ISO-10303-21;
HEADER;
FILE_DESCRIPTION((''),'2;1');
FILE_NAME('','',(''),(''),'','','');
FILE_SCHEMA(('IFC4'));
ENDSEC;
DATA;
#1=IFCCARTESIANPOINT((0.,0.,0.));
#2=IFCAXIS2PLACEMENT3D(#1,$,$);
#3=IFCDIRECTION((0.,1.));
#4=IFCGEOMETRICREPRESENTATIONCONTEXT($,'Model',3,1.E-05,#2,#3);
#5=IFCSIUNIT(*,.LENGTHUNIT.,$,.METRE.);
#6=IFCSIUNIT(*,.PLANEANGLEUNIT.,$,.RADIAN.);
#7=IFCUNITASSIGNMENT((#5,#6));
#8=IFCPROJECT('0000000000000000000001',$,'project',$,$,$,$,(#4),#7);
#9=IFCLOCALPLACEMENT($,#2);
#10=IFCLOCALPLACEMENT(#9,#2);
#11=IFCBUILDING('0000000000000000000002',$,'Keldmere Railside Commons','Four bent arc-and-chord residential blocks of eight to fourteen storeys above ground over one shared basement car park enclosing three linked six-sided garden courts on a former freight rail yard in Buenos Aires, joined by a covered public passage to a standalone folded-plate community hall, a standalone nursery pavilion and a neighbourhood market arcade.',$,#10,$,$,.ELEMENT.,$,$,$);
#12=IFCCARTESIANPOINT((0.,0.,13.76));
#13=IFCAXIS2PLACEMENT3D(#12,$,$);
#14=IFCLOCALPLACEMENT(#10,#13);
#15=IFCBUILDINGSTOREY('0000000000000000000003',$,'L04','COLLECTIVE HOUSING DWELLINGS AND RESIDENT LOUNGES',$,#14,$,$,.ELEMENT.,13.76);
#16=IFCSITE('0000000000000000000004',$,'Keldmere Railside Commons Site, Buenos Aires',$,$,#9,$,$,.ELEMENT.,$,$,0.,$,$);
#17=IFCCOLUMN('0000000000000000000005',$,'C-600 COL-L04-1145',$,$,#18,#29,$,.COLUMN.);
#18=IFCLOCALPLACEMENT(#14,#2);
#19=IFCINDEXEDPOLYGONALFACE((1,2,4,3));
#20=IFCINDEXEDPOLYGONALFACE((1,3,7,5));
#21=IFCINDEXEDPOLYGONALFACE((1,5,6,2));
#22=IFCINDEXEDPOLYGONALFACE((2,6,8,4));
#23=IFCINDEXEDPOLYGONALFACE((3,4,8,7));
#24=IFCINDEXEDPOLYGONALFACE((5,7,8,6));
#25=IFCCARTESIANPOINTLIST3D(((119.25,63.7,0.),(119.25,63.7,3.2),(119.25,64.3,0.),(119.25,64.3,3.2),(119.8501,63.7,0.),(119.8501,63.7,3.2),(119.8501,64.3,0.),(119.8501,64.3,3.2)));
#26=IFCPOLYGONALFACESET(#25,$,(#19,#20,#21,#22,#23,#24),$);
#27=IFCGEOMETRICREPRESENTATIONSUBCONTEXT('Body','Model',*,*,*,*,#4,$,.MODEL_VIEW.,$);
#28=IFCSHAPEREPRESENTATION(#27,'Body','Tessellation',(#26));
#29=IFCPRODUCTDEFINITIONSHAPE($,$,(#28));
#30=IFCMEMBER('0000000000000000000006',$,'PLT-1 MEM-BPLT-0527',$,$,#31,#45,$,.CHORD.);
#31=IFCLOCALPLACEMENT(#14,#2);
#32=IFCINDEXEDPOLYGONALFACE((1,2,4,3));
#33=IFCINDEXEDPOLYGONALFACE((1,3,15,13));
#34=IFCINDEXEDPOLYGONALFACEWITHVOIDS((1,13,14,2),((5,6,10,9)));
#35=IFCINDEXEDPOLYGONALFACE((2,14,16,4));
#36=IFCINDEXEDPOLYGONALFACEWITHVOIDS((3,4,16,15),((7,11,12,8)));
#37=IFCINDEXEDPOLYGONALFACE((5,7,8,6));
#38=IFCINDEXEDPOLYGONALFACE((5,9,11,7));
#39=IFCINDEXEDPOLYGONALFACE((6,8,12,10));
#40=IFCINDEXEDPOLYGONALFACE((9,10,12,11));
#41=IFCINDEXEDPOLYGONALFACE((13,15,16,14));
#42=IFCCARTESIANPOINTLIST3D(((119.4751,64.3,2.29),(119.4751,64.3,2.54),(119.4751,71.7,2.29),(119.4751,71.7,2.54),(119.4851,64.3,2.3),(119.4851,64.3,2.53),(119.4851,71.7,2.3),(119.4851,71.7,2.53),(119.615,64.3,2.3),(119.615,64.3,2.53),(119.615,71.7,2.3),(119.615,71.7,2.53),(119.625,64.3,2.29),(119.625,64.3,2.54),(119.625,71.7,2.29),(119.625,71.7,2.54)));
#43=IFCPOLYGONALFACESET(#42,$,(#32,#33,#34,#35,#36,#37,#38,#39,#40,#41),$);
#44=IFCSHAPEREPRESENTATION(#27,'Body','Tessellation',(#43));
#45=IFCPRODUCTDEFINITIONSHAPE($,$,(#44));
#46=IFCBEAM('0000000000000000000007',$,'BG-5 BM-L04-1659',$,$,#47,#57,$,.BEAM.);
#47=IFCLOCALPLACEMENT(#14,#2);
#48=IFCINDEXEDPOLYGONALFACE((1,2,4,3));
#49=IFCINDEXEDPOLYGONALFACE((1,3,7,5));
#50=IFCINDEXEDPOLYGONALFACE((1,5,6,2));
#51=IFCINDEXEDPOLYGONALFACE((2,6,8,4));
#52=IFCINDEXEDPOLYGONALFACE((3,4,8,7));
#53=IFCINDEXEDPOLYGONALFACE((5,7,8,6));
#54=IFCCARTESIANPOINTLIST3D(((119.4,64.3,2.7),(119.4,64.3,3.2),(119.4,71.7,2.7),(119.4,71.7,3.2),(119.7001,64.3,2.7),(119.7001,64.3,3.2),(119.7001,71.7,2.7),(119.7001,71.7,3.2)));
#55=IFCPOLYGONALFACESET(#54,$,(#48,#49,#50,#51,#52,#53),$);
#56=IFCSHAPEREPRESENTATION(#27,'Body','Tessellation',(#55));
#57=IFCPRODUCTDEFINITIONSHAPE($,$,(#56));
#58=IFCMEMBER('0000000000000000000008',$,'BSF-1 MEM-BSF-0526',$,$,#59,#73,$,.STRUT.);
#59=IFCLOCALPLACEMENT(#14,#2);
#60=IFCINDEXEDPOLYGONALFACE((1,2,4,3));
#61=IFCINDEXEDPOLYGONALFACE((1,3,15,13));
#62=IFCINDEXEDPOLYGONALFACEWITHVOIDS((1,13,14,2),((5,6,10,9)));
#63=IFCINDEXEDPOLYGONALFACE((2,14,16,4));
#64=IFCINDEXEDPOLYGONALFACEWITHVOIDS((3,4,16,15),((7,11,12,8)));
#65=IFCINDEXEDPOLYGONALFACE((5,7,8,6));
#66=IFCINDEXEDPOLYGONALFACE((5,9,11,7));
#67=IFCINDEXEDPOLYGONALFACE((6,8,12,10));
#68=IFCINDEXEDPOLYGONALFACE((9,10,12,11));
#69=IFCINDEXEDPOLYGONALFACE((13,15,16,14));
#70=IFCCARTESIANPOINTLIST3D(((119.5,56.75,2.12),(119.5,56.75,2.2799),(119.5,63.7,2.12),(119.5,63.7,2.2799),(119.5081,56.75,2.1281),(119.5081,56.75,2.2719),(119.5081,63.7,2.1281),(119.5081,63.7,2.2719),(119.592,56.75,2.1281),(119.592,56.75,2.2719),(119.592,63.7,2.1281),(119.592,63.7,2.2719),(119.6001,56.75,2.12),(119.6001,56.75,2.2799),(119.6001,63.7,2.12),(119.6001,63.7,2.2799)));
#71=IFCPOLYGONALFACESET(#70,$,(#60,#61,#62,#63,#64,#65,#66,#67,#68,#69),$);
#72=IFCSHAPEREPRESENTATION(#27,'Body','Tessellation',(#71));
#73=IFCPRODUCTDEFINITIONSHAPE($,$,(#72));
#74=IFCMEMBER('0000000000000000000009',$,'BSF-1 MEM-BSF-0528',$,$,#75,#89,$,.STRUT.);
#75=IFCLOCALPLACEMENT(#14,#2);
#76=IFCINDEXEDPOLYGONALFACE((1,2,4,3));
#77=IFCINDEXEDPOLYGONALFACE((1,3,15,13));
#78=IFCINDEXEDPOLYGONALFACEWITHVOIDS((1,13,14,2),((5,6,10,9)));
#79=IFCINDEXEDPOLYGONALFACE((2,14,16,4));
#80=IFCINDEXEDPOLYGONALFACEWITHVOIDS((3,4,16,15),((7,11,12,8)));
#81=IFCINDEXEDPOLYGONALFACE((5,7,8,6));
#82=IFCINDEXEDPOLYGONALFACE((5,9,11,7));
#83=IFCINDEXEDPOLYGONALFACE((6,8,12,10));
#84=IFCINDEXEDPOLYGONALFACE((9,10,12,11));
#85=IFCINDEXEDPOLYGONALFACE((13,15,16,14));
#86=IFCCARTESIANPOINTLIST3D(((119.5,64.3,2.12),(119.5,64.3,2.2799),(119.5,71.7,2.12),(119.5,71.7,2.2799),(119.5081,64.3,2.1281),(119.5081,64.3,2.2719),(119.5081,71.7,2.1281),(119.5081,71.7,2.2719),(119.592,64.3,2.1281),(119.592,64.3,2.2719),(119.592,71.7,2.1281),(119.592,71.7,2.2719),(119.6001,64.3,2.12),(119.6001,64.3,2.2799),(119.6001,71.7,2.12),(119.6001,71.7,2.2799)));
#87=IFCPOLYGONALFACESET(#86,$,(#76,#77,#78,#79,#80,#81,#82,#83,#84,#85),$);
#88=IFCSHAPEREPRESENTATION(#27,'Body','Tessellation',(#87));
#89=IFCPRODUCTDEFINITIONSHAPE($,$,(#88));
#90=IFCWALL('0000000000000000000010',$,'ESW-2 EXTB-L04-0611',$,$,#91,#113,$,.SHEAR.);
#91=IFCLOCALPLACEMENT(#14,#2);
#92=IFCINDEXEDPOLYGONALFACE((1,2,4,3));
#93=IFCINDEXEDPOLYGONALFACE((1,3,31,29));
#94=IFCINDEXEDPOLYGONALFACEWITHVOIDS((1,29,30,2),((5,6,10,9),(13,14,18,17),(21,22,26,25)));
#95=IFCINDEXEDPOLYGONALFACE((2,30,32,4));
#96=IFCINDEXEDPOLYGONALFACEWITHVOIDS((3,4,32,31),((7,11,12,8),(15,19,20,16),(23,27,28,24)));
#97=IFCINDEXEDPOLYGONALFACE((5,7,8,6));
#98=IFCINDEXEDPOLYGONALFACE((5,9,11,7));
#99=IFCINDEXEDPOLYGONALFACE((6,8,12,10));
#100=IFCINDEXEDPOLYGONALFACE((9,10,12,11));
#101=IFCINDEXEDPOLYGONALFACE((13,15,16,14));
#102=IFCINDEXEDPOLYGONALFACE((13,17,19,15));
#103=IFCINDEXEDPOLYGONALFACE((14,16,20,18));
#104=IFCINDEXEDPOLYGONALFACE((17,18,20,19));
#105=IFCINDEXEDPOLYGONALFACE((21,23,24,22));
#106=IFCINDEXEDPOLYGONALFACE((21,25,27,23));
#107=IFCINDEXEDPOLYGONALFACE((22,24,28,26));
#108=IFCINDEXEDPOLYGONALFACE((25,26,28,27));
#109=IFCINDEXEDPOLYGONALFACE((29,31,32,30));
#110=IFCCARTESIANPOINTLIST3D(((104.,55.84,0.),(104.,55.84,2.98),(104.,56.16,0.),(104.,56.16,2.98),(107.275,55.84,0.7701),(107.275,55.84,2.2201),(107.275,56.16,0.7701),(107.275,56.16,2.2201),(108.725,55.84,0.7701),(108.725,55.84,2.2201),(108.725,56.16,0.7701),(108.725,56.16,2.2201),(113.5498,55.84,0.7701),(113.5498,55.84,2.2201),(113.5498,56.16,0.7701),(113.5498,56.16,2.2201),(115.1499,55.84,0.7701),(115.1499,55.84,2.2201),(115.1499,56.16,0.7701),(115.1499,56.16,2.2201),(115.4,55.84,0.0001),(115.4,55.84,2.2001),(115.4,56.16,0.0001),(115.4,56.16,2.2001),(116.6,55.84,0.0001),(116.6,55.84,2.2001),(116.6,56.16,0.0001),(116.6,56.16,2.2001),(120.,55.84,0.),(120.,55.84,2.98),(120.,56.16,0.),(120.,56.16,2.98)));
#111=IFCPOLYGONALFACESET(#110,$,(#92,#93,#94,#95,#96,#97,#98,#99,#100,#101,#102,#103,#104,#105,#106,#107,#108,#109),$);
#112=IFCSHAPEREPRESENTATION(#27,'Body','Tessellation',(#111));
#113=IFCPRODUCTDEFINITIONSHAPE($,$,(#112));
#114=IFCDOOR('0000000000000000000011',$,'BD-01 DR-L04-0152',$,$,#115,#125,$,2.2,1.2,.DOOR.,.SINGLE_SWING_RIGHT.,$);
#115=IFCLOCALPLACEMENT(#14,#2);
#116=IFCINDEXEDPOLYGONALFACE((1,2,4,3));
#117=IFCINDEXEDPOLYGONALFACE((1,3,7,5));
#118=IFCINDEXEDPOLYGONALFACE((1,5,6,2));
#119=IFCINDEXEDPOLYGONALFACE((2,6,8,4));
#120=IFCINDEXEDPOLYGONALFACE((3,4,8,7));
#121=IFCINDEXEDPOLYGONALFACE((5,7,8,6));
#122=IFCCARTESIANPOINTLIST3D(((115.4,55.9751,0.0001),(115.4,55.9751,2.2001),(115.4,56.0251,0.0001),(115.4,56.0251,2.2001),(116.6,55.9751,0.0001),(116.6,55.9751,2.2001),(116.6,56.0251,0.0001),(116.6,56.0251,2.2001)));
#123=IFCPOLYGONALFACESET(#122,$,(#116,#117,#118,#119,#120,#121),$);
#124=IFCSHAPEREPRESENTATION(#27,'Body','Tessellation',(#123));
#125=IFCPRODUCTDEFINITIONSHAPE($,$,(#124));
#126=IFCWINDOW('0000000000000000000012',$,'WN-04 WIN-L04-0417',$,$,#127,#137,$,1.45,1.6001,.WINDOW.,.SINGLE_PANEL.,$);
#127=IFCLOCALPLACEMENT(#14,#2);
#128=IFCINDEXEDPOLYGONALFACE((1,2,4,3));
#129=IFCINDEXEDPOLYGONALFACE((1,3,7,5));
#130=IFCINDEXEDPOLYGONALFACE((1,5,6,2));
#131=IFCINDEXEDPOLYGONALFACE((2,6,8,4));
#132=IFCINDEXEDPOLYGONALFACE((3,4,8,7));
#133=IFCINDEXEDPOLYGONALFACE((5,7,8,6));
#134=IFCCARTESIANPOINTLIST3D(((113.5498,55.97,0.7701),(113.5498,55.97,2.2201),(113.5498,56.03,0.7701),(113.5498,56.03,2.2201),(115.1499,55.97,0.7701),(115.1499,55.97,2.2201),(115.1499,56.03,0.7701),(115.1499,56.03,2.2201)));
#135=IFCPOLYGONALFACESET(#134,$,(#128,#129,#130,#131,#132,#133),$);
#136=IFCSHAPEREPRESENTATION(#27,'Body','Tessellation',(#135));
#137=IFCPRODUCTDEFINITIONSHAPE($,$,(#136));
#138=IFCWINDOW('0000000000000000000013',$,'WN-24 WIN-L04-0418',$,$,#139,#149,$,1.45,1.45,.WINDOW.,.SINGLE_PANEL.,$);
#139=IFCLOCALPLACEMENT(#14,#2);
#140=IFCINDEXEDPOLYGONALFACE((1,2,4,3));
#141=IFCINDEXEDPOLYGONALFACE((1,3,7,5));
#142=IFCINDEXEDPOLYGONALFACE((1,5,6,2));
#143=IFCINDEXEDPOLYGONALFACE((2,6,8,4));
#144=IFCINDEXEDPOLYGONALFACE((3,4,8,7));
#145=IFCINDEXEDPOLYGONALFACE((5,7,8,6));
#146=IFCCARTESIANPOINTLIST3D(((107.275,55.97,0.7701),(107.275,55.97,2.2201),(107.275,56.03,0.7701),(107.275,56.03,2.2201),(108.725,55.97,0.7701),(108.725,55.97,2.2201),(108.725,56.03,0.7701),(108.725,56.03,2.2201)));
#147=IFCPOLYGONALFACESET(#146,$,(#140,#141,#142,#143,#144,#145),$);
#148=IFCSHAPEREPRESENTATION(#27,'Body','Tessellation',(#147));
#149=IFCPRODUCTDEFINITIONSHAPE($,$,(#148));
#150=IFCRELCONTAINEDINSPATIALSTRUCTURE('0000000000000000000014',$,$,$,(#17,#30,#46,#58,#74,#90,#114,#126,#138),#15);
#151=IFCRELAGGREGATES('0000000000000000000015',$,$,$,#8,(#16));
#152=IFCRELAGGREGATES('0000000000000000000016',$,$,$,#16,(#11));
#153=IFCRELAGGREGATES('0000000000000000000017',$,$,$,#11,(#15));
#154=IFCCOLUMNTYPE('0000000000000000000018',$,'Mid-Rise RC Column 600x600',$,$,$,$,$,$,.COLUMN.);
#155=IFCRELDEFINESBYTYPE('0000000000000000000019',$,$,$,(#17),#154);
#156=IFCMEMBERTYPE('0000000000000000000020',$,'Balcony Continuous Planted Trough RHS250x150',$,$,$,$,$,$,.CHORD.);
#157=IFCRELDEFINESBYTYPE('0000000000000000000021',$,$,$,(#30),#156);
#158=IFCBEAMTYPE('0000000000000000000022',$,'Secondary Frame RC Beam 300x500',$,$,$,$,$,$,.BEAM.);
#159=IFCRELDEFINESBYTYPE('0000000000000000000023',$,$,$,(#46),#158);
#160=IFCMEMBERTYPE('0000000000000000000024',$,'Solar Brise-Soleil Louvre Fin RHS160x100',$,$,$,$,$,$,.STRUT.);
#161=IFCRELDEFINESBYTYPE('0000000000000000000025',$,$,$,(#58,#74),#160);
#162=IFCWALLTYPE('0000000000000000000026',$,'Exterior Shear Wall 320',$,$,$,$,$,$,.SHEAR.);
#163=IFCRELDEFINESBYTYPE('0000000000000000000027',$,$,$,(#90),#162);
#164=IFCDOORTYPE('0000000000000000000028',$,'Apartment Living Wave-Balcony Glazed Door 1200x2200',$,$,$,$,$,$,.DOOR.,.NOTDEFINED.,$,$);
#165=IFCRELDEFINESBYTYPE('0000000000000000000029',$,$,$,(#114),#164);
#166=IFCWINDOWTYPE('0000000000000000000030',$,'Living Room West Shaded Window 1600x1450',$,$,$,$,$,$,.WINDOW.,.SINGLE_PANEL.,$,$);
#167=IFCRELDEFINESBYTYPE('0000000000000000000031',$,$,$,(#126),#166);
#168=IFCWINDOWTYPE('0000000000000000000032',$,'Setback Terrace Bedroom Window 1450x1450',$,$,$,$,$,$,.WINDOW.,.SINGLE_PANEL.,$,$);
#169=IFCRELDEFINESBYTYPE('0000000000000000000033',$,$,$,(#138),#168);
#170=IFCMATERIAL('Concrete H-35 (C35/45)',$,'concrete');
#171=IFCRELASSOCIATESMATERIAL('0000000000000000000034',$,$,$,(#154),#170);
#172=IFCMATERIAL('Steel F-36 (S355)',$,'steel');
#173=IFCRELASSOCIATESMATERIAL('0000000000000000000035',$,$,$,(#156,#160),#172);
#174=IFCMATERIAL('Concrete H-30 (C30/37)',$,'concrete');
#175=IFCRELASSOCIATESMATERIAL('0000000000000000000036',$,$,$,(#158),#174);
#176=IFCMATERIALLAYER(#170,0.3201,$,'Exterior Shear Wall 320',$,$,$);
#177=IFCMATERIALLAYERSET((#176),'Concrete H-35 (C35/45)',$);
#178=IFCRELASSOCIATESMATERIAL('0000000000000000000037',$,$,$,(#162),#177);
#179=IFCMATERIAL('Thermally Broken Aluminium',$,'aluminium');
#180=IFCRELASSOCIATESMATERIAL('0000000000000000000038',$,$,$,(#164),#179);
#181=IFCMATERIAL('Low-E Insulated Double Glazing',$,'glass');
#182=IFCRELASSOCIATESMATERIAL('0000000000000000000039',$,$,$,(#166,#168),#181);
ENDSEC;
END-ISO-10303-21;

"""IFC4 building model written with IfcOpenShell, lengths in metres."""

from ifc_helpers import new_model, si_unit, direction, frame, frame_2d, origin, origin_2d, place, context, subcontext, project, spatial, rectangle, hollow_rectangle, extrude, material, layer, layer_set, material_profile, profile_set, type_object, element, fill, save


model = new_model("IFC4")

# Units and contexts
model_context = context("Model", 3, precision=1e-05, world=origin(), true_north=direction((0.0, 1.0)))
body_context = subcontext(model_context, "Body", "Model", "MODEL_VIEW")
ifc_project = project(units=[si_unit("LENGTHUNIT", "METRE"), si_unit("PLANEANGLEUNIT", "RADIAN")], contexts=[model_context])

# Site, building, storey
site_placement = place(None, origin())
site = spatial("IfcSite", under=ifc_project, at=site_placement, Name="Keldmere Railside Commons Site, Buenos Aires", CompositionType="ELEMENT", RefElevation=0.0)
building_placement = place(site_placement, origin())
building = spatial("IfcBuilding", under=site, at=building_placement, Name="Keldmere Railside Commons", Description="Four bent arc-and-chord residential blocks of eight to fourteen storeys above ground over one shared basement car park enclosing three linked six-sided garden courts on a former freight rail yard in Buenos Aires, joined by a covered public passage to a standalone folded-plate community hall, a standalone nursery pavilion and a neighbourhood market arcade.", CompositionType="ELEMENT")
storey_placement = place(building_placement, frame((0.0, 0.0, 13.76)))
storey = spatial("IfcBuildingStorey", under=building, at=storey_placement, Name="L04", Description="COLLECTIVE HOUSING DWELLINGS AND RESIDENT LOUNGES", CompositionType="ELEMENT", Elevation=13.76)

# Column
ifc_material_1 = material(Name="Concrete H-35 (C35/45)", Category="concrete")
ifc_material_profile_1 = material_profile(ifc_material_1, rectangle(XDim=0.6001, YDim=0.6001, at=origin_2d()), Name="RC-600x600")
ifc_profile_set_1 = profile_set([ifc_material_profile_1], Name="Concrete H-35 (C35/45)")
column_type = type_object("IfcColumnType", Name="Mid-Rise RC Column 600x600", PredefinedType="COLUMN", material=ifc_profile_set_1)
column_placement = place(storey_placement, frame((119.55, 64.0, 0.0), z_axis=(0.0, 0.0, 1.0), x_axis=(1.0, 0.0, 0.0)))
element("IfcColumn", 1, at=column_placement, inside=storey, type_object=column_type, Name="C-600 COL-L04-1145", PredefinedType="COLUMN", context=body_context, shape_type="SweptSolid", body=[
    extrude(rectangle(XDim=0.6001, YDim=0.6001, at=origin_2d()), origin(), (0.0, 0.0, 1.0), 3.2),
])

# Member
ifc_material_2 = material(Name="Steel F-36 (S355)", Category="steel")
ifc_material_profile_2 = material_profile(ifc_material_2, hollow_rectangle(XDim=0.1499, YDim=0.25, WallThickness=0.01, at=origin_2d()), Name="RHS-250x150x10")
ifc_profile_set_2 = profile_set([ifc_material_profile_2], Name="Steel F-36 (S355)")
member_type_1 = type_object("IfcMemberType", Name="Balcony Continuous Planted Trough RHS250x150", PredefinedType="CHORD", material=ifc_profile_set_2)
member_1_placement = place(storey_placement, frame((119.55, 64.3, 2.415), z_axis=(0.0, 1.0, 0.0), x_axis=(-1.0, 0.0, 0.0)))
element("IfcMember", 2, at=member_1_placement, inside=storey, type_object=member_type_1, Name="PLT-1 MEM-BPLT-0527", PredefinedType="CHORD", context=body_context, shape_type="SweptSolid", body=[
    extrude(hollow_rectangle(XDim=0.1499, YDim=0.25, WallThickness=0.01, at=origin_2d()), origin(), (0.0, 0.0, 1.0), 7.3999),
])

# Beam
ifc_material_3 = material(Name="Concrete H-30 (C30/37)", Category="concrete")
ifc_material_profile_3 = material_profile(ifc_material_3, rectangle(XDim=0.3, YDim=0.5, at=origin_2d()), Name="RC-300x500")
ifc_profile_set_3 = profile_set([ifc_material_profile_3], Name="Concrete H-30 (C30/37)")
beam_type = type_object("IfcBeamType", Name="Secondary Frame RC Beam 300x500", PredefinedType="BEAM", material=ifc_profile_set_3)
beam_placement = place(storey_placement, frame((119.55, 64.3, 2.95), z_axis=(0.0, 1.0, 0.0), x_axis=(-1.0, 0.0, 0.0)))
element("IfcBeam", 3, at=beam_placement, inside=storey, type_object=beam_type, Name="BG-5 BM-L04-1659", PredefinedType="BEAM", context=body_context, shape_type="SweptSolid", body=[
    extrude(rectangle(XDim=0.3, YDim=0.5, at=origin_2d()), origin(), (0.0, 0.0, 1.0), 7.3999),
])

# Members
ifc_material_profile_4 = material_profile(ifc_material_2, hollow_rectangle(XDim=0.1001, YDim=0.1599, WallThickness=0.0081, at=origin_2d()), Name="RHS-160x100x8")
ifc_profile_set_4 = profile_set([ifc_material_profile_4], Name="Steel F-36 (S355)")
member_type_2 = type_object("IfcMemberType", Name="Solar Brise-Soleil Louvre Fin RHS160x100", PredefinedType="STRUT", material=ifc_profile_set_4)
member_2_placement = place(storey_placement, frame((119.55, 56.75, 2.2), z_axis=(0.0, 1.0, 0.0), x_axis=(-1.0, 0.0, 0.0)))
element("IfcMember", 4, at=member_2_placement, inside=storey, type_object=member_type_2, Name="BSF-1 MEM-BSF-0526", PredefinedType="STRUT", context=body_context, shape_type="SweptSolid", body=[
    extrude(hollow_rectangle(XDim=0.1001, YDim=0.1599, WallThickness=0.0081, at=origin_2d()), origin(), (0.0, 0.0, 1.0), 6.95),
])
member_3_placement = place(storey_placement, frame((119.55, 64.3, 2.2), z_axis=(0.0, 1.0, 0.0), x_axis=(-1.0, 0.0, 0.0)))
element("IfcMember", 5, at=member_3_placement, inside=storey, type_object=member_type_2, Name="BSF-1 MEM-BSF-0528", PredefinedType="STRUT", context=body_context, shape_type="SweptSolid", body=[
    extrude(hollow_rectangle(XDim=0.1001, YDim=0.1599, WallThickness=0.0081, at=origin_2d()), origin(), (0.0, 0.0, 1.0), 7.3999),
])

# Wall, openings, door, windows
ifc_layer = layer(ifc_material_1, 0.3201, Name="Exterior Shear Wall 320")
ifc_layer_set = layer_set([ifc_layer], Name="Concrete H-35 (C35/45)")
wall_type = type_object("IfcWallType", Name="Exterior Shear Wall 320", PredefinedType="SHEAR", material=ifc_layer_set)
wall_placement = place(storey_placement, frame((120.0, 56.0, 0.0), z_axis=(0.0, 0.0, 1.0), x_axis=(-1.0, 0.0, 0.0)))
wall = element("IfcWall", 6, at=wall_placement, inside=storey, type_object=wall_type, Name="ESW-2 EXTB-L04-0611", PredefinedType="SHEAR", context=body_context, shape_type="SweptSolid", body=[
    extrude(rectangle(XDim=16.0, YDim=0.3201, at=frame_2d((8.0, 0.0))), origin(), (0.0, 0.0, 1.0), 2.98),
])
opening_1_placement = place(wall_placement, frame((3.3999, 0.0, 0.0)))
opening_1 = element("IfcOpeningElement", 7, at=opening_1_placement, cuts=wall, PredefinedType="OPENING", context=body_context, shape_type="SweptSolid", body=[
    extrude(rectangle(XDim=1.2, YDim=2.2, at=frame_2d((0.6001, 1.1001))), frame((0.0, 0.1699, 0.0), z_axis=(0.0, -1.0, 0.0), x_axis=(1.0, 0.0, 0.0)), (0.0, 0.0, 1.0), 0.3401),
])
opening_2_placement = place(wall_placement, frame((4.8501, 0.0, 0.77)))
opening_2 = element("IfcOpeningElement", 8, at=opening_2_placement, cuts=wall, PredefinedType="OPENING", context=body_context, shape_type="SweptSolid", body=[
    extrude(rectangle(XDim=1.6001, YDim=1.45, at=frame_2d((0.8, 0.7251))), frame((0.0, 0.1699, 0.0), z_axis=(0.0, -1.0, 0.0), x_axis=(1.0, 0.0, 0.0)), (0.0, 0.0, 1.0), 0.3401),
])
opening_3_placement = place(wall_placement, frame((11.2749, 0.0, 0.77)))
opening_3 = element("IfcOpeningElement", 9, at=opening_3_placement, cuts=wall, PredefinedType="OPENING", context=body_context, shape_type="SweptSolid", body=[
    extrude(rectangle(XDim=1.45, YDim=1.45, at=frame_2d((0.7251, 0.7251))), frame((0.0, 0.1699, 0.0), z_axis=(0.0, -1.0, 0.0), x_axis=(1.0, 0.0, 0.0)), (0.0, 0.0, 1.0), 0.3401),
])
ifc_material_4 = material(Name="Thermally Broken Aluminium", Category="aluminium")
door_type = type_object("IfcDoorType", Name="Apartment Living Wave-Balcony Glazed Door 1200x2200", OperationType="NOTDEFINED", PredefinedType="DOOR", material=ifc_material_4)
door_placement = place(opening_1_placement, origin())
door = element("IfcDoor", 10, at=door_placement, inside=storey, type_object=door_type, Name="BD-01 DR-L04-0152", OperationType="SINGLE_SWING_RIGHT", OverallHeight=2.2, OverallWidth=1.2, PredefinedType="DOOR", context=body_context, shape_type="SweptSolid", body=[
    extrude(rectangle(XDim=1.2, YDim=2.2, at=frame_2d((0.6001, 1.1001))), frame((0.0, 0.0249, 0.0), z_axis=(0.0, -1.0, 0.0), x_axis=(1.0, 0.0, 0.0)), (0.0, 0.0, 1.0), 0.05),
])
fill(opening_1, door)
ifc_material_5 = material(Name="Low-E Insulated Double Glazing", Category="glass")
window_type_1 = type_object("IfcWindowType", Name="Living Room West Shaded Window 1600x1450", PartitioningType="SINGLE_PANEL", PredefinedType="WINDOW", material=ifc_material_5)
window_1_placement = place(opening_2_placement, origin())
window_1 = element("IfcWindow", 11, at=window_1_placement, inside=storey, type_object=window_type_1, Name="WN-04 WIN-L04-0417", OverallHeight=1.45, OverallWidth=1.6001, PartitioningType="SINGLE_PANEL", PredefinedType="WINDOW", context=body_context, shape_type="SweptSolid", body=[
    extrude(rectangle(XDim=1.6001, YDim=1.45, at=frame_2d((0.8, 0.7251))), frame((0.0, 0.03, 0.0), z_axis=(0.0, -1.0, 0.0), x_axis=(1.0, 0.0, 0.0)), (0.0, 0.0, 1.0), 0.0601),
])
fill(opening_2, window_1)
window_type_2 = type_object("IfcWindowType", Name="Setback Terrace Bedroom Window 1450x1450", PartitioningType="SINGLE_PANEL", PredefinedType="WINDOW", material=ifc_material_5)
window_2_placement = place(opening_3_placement, origin())
window_2 = element("IfcWindow", 12, at=window_2_placement, inside=storey, type_object=window_type_2, Name="WN-24 WIN-L04-0418", OverallHeight=1.45, OverallWidth=1.45, PartitioningType="SINGLE_PANEL", PredefinedType="WINDOW", context=body_context, shape_type="SweptSolid", body=[
    extrude(rectangle(XDim=1.45, YDim=1.45, at=frame_2d((0.7251, 0.7251))), frame((0.0, 0.03, 0.0), z_axis=(0.0, -1.0, 0.0), x_axis=(1.0, 0.0, 0.0)), (0.0, 0.0, 1.0), 0.0601),
])
fill(opening_3, window_2)

save(model, "model.ifc")
